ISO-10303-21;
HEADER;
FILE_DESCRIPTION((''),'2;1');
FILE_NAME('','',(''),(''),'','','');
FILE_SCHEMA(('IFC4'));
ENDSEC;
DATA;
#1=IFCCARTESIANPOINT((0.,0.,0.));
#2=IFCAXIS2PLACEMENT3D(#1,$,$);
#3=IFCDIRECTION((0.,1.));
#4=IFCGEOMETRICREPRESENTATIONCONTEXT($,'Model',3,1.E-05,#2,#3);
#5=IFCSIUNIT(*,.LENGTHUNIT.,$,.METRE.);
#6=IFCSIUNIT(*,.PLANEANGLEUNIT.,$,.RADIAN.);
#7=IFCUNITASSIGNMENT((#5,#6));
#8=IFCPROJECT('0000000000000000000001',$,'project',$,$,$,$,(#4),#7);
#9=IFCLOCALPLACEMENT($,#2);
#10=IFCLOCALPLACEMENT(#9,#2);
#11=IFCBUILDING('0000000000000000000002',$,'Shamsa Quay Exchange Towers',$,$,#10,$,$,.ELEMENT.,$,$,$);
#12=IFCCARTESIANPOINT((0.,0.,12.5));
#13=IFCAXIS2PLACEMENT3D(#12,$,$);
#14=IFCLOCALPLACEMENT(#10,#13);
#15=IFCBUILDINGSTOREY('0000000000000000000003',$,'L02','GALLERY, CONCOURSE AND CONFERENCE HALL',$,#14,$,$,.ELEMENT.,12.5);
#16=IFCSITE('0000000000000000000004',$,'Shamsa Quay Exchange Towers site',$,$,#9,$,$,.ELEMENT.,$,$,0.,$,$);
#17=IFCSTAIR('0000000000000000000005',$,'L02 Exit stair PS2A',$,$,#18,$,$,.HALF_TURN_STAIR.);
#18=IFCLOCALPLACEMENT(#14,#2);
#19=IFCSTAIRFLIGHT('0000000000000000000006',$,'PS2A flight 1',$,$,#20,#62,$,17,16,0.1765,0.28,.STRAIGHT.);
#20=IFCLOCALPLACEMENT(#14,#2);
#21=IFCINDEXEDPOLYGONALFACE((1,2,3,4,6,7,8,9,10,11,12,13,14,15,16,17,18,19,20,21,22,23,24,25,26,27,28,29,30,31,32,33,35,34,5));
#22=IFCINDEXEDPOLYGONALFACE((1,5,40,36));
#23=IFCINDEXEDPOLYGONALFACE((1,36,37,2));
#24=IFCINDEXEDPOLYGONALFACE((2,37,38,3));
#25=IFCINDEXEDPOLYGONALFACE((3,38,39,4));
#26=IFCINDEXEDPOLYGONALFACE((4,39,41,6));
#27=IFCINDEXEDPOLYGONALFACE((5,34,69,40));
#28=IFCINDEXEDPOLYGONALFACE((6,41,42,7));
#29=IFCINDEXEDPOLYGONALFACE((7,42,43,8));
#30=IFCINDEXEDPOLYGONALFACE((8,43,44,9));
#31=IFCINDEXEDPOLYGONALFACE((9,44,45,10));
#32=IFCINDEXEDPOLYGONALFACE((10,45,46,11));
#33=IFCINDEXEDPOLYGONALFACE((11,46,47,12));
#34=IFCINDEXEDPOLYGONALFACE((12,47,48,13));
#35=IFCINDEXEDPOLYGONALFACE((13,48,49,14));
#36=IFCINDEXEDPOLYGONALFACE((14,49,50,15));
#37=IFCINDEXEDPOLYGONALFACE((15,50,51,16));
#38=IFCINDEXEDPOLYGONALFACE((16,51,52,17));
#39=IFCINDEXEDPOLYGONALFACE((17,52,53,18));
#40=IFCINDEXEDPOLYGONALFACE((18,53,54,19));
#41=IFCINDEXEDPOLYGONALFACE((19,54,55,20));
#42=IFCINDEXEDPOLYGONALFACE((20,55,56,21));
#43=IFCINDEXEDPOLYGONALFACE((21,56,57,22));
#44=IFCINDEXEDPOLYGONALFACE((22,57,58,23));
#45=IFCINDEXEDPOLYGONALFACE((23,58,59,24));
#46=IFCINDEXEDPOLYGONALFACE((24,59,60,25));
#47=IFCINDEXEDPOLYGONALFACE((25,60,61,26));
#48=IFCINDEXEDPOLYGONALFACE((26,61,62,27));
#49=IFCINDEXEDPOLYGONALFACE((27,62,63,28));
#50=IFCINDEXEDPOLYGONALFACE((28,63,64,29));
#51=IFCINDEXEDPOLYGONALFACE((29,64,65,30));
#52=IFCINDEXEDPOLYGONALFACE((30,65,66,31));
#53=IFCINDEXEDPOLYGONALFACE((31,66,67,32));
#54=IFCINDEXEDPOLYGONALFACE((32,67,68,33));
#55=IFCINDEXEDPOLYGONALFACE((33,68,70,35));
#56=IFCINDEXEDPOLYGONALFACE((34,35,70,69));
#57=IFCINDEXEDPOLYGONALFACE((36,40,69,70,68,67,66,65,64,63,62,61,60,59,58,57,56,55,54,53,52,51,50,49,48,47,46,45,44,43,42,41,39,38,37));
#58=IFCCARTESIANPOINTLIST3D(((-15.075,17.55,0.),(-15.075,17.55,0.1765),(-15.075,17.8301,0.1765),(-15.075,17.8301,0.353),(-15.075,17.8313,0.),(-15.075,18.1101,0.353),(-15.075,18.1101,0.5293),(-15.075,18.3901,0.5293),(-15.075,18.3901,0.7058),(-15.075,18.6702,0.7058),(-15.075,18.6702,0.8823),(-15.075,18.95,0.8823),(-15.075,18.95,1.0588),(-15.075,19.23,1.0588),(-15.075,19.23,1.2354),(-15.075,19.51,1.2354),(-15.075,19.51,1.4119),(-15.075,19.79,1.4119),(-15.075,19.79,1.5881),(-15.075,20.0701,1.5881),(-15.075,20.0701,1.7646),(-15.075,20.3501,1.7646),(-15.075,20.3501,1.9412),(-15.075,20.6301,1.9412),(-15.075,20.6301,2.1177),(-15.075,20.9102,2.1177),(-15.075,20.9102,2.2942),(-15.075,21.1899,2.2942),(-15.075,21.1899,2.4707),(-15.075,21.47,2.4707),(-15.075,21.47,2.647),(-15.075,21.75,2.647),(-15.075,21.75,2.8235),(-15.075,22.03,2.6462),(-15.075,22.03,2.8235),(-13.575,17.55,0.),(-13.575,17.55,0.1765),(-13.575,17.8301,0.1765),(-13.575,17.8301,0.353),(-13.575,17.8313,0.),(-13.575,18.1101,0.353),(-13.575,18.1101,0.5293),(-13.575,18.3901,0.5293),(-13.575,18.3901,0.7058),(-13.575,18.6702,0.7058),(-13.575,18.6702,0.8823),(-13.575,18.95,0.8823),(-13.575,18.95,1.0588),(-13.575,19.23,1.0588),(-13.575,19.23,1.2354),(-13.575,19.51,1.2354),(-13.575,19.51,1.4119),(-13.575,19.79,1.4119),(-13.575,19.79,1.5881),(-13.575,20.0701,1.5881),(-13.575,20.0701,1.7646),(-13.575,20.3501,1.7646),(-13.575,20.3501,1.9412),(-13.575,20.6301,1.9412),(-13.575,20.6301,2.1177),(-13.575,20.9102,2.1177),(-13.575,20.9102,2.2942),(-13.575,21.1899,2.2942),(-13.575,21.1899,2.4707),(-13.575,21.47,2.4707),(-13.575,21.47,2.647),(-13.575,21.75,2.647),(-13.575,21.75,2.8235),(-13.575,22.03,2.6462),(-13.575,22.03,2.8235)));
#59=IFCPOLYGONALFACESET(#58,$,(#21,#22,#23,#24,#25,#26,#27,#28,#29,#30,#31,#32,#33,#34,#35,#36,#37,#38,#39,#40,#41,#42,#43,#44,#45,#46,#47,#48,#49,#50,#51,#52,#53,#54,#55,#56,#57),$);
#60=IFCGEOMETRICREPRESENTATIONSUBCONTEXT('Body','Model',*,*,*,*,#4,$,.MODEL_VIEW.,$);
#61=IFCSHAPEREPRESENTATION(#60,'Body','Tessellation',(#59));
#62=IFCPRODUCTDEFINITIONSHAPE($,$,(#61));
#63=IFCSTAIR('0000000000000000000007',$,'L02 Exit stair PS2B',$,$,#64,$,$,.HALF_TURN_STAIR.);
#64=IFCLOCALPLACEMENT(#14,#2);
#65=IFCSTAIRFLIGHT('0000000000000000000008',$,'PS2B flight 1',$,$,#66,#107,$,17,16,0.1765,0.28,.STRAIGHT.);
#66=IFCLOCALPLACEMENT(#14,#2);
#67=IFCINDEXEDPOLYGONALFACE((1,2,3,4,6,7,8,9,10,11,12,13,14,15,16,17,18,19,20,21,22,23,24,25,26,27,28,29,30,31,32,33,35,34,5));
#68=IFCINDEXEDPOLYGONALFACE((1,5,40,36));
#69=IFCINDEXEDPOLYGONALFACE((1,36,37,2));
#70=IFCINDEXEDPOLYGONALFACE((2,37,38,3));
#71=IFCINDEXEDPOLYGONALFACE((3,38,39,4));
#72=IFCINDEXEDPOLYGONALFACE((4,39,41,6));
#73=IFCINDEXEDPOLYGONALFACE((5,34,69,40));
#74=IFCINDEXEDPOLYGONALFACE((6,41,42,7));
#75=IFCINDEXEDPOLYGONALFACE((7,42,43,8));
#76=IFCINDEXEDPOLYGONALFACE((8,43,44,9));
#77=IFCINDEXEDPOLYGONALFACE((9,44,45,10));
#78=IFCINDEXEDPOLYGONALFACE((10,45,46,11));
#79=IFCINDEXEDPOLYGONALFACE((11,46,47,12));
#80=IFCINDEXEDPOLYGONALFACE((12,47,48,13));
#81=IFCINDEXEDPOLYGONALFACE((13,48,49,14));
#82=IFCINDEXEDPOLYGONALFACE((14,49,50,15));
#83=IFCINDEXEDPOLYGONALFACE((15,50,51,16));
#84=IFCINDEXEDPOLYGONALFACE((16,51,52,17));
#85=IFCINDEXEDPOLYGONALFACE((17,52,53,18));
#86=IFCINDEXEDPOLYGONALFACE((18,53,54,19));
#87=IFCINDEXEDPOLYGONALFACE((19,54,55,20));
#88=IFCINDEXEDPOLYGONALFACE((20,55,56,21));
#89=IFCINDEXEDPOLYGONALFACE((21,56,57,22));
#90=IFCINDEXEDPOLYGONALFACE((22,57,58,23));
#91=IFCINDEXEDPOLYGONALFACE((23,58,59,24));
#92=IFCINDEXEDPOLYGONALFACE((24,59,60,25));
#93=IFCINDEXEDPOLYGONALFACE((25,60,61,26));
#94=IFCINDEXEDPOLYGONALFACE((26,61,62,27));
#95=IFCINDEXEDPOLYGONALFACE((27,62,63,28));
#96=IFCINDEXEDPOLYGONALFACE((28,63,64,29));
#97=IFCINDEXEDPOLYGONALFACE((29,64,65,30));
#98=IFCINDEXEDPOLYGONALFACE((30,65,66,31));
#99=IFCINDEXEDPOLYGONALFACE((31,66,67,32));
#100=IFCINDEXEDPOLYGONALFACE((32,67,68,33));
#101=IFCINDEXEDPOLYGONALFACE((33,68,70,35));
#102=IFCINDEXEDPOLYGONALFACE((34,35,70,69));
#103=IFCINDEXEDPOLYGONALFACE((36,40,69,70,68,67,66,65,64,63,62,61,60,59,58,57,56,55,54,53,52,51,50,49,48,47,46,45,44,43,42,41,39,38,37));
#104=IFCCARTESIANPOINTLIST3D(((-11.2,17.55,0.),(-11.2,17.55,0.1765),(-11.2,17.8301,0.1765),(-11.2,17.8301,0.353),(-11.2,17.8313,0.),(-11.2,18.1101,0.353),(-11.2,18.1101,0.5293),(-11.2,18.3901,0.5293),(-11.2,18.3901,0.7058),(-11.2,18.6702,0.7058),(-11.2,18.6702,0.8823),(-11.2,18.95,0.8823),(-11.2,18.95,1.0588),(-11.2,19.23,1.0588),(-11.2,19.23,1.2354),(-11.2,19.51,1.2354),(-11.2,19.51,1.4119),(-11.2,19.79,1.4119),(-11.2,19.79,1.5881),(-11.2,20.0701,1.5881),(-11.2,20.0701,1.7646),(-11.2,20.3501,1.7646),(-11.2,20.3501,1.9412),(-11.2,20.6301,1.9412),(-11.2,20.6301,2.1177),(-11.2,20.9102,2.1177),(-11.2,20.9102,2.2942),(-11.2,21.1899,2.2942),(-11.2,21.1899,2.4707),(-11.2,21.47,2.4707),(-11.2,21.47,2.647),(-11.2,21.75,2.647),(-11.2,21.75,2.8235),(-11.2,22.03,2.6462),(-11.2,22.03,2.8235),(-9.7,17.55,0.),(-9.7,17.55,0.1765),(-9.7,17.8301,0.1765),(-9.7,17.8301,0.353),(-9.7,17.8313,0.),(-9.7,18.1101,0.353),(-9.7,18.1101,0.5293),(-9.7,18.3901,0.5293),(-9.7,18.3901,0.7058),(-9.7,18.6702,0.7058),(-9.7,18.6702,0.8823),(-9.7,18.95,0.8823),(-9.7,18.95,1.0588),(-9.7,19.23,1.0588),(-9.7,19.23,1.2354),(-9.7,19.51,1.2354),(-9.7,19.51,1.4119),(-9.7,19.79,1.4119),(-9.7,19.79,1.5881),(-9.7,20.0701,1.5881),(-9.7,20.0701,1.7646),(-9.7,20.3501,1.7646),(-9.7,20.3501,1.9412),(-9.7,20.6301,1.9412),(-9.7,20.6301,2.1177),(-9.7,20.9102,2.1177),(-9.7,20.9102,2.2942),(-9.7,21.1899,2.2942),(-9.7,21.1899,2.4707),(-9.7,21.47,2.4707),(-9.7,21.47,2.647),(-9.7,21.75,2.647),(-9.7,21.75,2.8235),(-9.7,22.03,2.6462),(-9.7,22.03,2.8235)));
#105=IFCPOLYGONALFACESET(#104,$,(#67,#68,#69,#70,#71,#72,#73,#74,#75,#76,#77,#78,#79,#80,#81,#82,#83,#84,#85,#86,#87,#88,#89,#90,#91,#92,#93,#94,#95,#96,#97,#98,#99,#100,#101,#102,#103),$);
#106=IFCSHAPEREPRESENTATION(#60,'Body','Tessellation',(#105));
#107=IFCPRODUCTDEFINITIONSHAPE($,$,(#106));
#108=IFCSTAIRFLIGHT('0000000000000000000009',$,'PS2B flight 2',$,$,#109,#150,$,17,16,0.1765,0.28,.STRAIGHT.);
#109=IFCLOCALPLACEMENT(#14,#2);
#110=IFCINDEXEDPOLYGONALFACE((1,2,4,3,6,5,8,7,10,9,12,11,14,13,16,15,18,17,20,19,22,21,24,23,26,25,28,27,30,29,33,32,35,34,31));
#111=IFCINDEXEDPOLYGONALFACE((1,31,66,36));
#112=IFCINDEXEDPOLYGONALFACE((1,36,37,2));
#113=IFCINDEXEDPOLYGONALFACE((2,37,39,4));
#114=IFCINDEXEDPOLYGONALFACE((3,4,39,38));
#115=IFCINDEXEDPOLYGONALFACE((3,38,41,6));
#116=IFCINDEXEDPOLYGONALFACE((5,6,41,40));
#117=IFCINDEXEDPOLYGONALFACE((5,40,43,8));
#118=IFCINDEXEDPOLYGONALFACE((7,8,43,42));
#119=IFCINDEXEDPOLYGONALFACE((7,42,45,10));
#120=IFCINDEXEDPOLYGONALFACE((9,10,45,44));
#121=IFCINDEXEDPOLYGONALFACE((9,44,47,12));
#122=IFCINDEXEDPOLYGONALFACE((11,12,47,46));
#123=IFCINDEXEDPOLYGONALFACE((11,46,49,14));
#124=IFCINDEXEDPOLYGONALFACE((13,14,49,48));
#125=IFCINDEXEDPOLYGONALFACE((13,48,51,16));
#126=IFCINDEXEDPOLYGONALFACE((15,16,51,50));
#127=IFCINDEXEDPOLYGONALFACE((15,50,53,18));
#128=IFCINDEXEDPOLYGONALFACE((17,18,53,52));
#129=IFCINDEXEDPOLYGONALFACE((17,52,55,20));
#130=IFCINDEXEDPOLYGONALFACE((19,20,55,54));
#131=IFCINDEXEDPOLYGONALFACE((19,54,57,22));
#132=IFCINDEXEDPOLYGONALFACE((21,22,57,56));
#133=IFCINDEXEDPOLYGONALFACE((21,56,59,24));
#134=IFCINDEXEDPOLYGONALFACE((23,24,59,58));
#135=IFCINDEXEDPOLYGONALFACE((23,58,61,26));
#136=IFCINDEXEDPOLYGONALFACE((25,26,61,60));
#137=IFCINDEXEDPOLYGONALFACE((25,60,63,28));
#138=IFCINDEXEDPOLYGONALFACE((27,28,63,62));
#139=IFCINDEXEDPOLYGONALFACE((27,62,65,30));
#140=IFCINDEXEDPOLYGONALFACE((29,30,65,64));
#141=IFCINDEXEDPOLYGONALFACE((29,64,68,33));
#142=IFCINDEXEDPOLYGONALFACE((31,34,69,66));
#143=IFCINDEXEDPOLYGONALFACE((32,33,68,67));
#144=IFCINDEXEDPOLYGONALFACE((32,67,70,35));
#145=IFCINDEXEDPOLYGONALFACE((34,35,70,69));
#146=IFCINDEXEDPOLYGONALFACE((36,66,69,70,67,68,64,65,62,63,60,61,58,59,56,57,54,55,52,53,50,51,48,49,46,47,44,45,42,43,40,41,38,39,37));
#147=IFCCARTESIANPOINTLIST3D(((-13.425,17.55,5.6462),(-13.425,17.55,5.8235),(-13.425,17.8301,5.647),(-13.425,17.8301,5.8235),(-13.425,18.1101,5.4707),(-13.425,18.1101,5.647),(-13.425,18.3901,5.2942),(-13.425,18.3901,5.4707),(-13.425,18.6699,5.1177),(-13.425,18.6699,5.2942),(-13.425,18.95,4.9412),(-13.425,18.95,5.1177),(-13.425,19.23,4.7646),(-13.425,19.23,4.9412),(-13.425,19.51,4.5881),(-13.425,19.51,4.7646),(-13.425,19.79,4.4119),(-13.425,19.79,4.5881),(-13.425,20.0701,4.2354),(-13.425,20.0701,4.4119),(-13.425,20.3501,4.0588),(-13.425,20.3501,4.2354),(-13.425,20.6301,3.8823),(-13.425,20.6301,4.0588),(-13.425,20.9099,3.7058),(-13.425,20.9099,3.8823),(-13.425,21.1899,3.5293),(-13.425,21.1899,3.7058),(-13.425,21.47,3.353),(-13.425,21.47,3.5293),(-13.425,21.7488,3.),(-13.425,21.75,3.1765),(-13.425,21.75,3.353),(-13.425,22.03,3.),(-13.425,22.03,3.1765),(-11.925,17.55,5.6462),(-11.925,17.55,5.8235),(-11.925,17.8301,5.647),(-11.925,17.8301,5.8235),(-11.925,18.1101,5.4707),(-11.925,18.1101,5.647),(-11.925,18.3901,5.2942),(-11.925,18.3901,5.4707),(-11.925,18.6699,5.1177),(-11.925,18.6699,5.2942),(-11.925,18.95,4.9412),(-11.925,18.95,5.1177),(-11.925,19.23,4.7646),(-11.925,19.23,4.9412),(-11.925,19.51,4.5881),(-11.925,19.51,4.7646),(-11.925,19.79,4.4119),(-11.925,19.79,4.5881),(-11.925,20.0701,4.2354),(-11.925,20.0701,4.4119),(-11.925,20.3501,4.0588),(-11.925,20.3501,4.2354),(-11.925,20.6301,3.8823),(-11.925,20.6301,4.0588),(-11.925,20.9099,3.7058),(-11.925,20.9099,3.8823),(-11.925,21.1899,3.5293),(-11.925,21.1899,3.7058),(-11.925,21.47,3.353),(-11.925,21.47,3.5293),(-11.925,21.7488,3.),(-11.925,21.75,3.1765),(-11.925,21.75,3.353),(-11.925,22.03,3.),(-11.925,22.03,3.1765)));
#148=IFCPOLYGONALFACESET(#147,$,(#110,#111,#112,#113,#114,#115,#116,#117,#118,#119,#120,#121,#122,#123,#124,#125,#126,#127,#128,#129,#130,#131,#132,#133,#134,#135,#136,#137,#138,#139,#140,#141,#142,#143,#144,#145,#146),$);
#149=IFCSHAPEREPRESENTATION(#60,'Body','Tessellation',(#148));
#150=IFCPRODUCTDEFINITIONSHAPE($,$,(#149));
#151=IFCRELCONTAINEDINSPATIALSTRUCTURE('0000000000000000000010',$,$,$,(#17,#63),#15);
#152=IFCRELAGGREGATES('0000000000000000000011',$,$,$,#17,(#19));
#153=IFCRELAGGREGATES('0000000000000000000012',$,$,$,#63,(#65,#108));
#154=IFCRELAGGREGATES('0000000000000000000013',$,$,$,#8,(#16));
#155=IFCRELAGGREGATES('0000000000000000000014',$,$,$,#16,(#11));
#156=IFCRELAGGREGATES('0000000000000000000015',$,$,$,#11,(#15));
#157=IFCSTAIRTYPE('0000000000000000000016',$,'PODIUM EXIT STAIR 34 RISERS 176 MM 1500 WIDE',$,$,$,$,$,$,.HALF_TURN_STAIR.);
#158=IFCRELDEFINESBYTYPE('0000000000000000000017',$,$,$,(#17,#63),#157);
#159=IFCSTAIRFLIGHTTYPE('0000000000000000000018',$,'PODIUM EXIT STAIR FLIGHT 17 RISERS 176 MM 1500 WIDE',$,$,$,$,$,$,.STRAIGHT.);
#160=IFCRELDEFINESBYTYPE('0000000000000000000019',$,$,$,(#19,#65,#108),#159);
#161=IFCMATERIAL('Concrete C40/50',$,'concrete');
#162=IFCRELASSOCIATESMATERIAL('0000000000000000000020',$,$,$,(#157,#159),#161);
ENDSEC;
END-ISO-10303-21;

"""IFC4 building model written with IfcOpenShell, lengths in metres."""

from ifc_helpers import new_model, si_unit, direction, frame, origin, place, context, subcontext, project, spatial, polyline, outline, extrude, material, type_object, element, aggregate, save


model = new_model("IFC4")

# Units and contexts
model_context = context("Model", 3, precision=1e-05, world=origin(), true_north=direction((0.0, 1.0)))
body_context = subcontext(model_context, "Body", "Model", "MODEL_VIEW")
ifc_project = project(units=[si_unit("LENGTHUNIT", "METRE"), si_unit("PLANEANGLEUNIT", "RADIAN")], contexts=[model_context])

# Site, building, storey
site_placement = place(None, origin())
site = spatial("IfcSite", under=ifc_project, at=site_placement, Name="Shamsa Quay Exchange Towers site", CompositionType="ELEMENT", RefElevation=0.0)
building_placement = place(site_placement, origin())
building = spatial("IfcBuilding", under=site, at=building_placement, Name="Shamsa Quay Exchange Towers", CompositionType="ELEMENT")
storey_placement = place(building_placement, frame((0.0, 0.0, 12.5)))
storey = spatial("IfcBuildingStorey", under=building, at=storey_placement, Name="L02", Description="GALLERY, CONCOURSE AND CONFERENCE HALL", CompositionType="ELEMENT", Elevation=12.5)

# Stair, stair flight
ifc_material_1 = material(Name="Concrete C40/50", Category="concrete")
stair_type = type_object("IfcStairType", Name="PODIUM EXIT STAIR 34 RISERS 176 MM 1500 WIDE", PredefinedType="HALF_TURN_STAIR", material=ifc_material_1)
stair_1_placement = place(storey_placement, origin())
stair_1 = element("IfcStair", 1, at=stair_1_placement, inside=storey, type_object=stair_type, Name="L02 Exit stair PS2A", PredefinedType="HALF_TURN_STAIR")
stair_flight_type = type_object("IfcStairFlightType", Name="PODIUM EXIT STAIR FLIGHT 17 RISERS 176 MM 1500 WIDE", PredefinedType="STRAIGHT", material=ifc_material_1)
stair_flight_1_placement = place(storey_placement, frame((-14.325, 17.55, 0.0), z_axis=(0.0, 0.0, 1.0), x_axis=(0.0, 1.0, 0.0)))
stair_flight_1 = element("IfcStairFlight", 2, at=stair_flight_1_placement, type_object=stair_flight_type, Name="PS2A flight 1", NumberOfRisers=17, NumberOfTreads=16, PredefinedType="STRAIGHT", RiserHeight=0.1765, TreadLength=0.28, context=body_context, shape_type="SweptSolid", body=[
    extrude(outline(polyline([(0.0, 0.0), (0.0, 0.1765), (0.28, 0.1765), (0.28, 0.353), (0.5601, 0.353), (0.5601, 0.5293), (0.8401, 0.5293), (0.8401, 0.7058), (1.1201, 0.7058), (1.1201, 0.8823), (1.3999, 0.8823), (1.3999, 1.0588), (1.6799, 1.0588), (1.6799, 1.2354), (1.96, 1.2354), (1.96, 1.4119), (2.24, 1.4119), (2.24, 1.5881), (2.52, 1.5881), (2.52, 1.7646), (2.8, 1.7646), (2.8, 1.9412), (3.0801, 1.9412), (3.0801, 2.1177), (3.3601, 2.1177), (3.3601, 2.2942), (3.6399, 2.2942), (3.6399, 2.4707), (3.9199, 2.4707), (3.9199, 2.647), (4.2, 2.647), (4.2, 2.8235), (4.48, 2.8235), (4.48, 3.0), (4.48, 2.6462), (0.2812, 0.0), (0.0, 0.0)])), frame((0.0, 0.75, 0.0), z_axis=(0.0, -1.0, 0.0), x_axis=(1.0, 0.0, 0.0)), (0.0, 0.0, 1.0), 1.5),
])
aggregate(stair_1, [stair_flight_1])

# Stair, stair flights
stair_2_placement = place(storey_placement, origin())
stair_2 = element("IfcStair", 3, at=stair_2_placement, inside=storey, type_object=stair_type, Name="L02 Exit stair PS2B", PredefinedType="HALF_TURN_STAIR")
stair_flight_2_placement = place(storey_placement, frame((-10.45, 17.55, 0.0), z_axis=(0.0, 0.0, 1.0), x_axis=(0.0, 1.0, 0.0)))
stair_flight_2 = element("IfcStairFlight", 4, at=stair_flight_2_placement, type_object=stair_flight_type, Name="PS2B flight 1", NumberOfRisers=17, NumberOfTreads=16, PredefinedType="STRAIGHT", RiserHeight=0.1765, TreadLength=0.28, context=body_context, shape_type="SweptSolid", body=[
    extrude(outline(polyline([(0.0, 0.0), (0.0, 0.1765), (0.28, 0.1765), (0.28, 0.353), (0.5601, 0.353), (0.5601, 0.5293), (0.8401, 0.5293), (0.8401, 0.7058), (1.1201, 0.7058), (1.1201, 0.8823), (1.3999, 0.8823), (1.3999, 1.0588), (1.6799, 1.0588), (1.6799, 1.2354), (1.96, 1.2354), (1.96, 1.4119), (2.24, 1.4119), (2.24, 1.5881), (2.52, 1.5881), (2.52, 1.7646), (2.8, 1.7646), (2.8, 1.9412), (3.0801, 1.9412), (3.0801, 2.1177), (3.3601, 2.1177), (3.3601, 2.2942), (3.6399, 2.2942), (3.6399, 2.4707), (3.9199, 2.4707), (3.9199, 2.647), (4.2, 2.647), (4.2, 2.8235), (4.48, 2.8235), (4.48, 3.0), (4.48, 2.6462), (0.2812, 0.0), (0.0, 0.0)])), frame((0.0, 0.75, 0.0), z_axis=(0.0, -1.0, 0.0), x_axis=(1.0, 0.0, 0.0)), (0.0, 0.0, 1.0), 1.5),
])
stair_flight_3_placement = place(storey_placement, frame((-12.675, 22.03, 3.0), z_axis=(0.0, 0.0, 1.0), x_axis=(0.0, -1.0, 0.0)))
stair_flight_3 = element("IfcStairFlight", 5, at=stair_flight_3_placement, type_object=stair_flight_type, Name="PS2B flight 2", NumberOfRisers=17, NumberOfTreads=16, PredefinedType="STRAIGHT", RiserHeight=0.1765, TreadLength=0.28, context=body_context, shape_type="SweptSolid", body=[
    extrude(outline(polyline([(0.0, 0.0), (0.0, 0.1765), (0.28, 0.1765), (0.28, 0.353), (0.5601, 0.353), (0.5601, 0.5293), (0.8401, 0.5293), (0.8401, 0.7058), (1.1201, 0.7058), (1.1201, 0.8823), (1.3999, 0.8823), (1.3999, 1.0588), (1.6799, 1.0588), (1.6799, 1.2354), (1.96, 1.2354), (1.96, 1.4119), (2.24, 1.4119), (2.24, 1.5881), (2.52, 1.5881), (2.52, 1.7646), (2.8, 1.7646), (2.8, 1.9412), (3.0801, 1.9412), (3.0801, 2.1177), (3.3601, 2.1177), (3.3601, 2.2942), (3.6399, 2.2942), (3.6399, 2.4707), (3.9199, 2.4707), (3.9199, 2.647), (4.2, 2.647), (4.2, 2.8235), (4.48, 2.8235), (4.48, 3.0), (4.48, 2.6462), (0.2812, 0.0), (0.0, 0.0)])), frame((0.0, 0.75, 0.0), z_axis=(0.0, -1.0, 0.0), x_axis=(1.0, 0.0, 0.0)), (0.0, 0.0, 1.0), 1.5),
])
aggregate(stair_2, [stair_flight_2, stair_flight_3])

save(model, "model.ifc")
